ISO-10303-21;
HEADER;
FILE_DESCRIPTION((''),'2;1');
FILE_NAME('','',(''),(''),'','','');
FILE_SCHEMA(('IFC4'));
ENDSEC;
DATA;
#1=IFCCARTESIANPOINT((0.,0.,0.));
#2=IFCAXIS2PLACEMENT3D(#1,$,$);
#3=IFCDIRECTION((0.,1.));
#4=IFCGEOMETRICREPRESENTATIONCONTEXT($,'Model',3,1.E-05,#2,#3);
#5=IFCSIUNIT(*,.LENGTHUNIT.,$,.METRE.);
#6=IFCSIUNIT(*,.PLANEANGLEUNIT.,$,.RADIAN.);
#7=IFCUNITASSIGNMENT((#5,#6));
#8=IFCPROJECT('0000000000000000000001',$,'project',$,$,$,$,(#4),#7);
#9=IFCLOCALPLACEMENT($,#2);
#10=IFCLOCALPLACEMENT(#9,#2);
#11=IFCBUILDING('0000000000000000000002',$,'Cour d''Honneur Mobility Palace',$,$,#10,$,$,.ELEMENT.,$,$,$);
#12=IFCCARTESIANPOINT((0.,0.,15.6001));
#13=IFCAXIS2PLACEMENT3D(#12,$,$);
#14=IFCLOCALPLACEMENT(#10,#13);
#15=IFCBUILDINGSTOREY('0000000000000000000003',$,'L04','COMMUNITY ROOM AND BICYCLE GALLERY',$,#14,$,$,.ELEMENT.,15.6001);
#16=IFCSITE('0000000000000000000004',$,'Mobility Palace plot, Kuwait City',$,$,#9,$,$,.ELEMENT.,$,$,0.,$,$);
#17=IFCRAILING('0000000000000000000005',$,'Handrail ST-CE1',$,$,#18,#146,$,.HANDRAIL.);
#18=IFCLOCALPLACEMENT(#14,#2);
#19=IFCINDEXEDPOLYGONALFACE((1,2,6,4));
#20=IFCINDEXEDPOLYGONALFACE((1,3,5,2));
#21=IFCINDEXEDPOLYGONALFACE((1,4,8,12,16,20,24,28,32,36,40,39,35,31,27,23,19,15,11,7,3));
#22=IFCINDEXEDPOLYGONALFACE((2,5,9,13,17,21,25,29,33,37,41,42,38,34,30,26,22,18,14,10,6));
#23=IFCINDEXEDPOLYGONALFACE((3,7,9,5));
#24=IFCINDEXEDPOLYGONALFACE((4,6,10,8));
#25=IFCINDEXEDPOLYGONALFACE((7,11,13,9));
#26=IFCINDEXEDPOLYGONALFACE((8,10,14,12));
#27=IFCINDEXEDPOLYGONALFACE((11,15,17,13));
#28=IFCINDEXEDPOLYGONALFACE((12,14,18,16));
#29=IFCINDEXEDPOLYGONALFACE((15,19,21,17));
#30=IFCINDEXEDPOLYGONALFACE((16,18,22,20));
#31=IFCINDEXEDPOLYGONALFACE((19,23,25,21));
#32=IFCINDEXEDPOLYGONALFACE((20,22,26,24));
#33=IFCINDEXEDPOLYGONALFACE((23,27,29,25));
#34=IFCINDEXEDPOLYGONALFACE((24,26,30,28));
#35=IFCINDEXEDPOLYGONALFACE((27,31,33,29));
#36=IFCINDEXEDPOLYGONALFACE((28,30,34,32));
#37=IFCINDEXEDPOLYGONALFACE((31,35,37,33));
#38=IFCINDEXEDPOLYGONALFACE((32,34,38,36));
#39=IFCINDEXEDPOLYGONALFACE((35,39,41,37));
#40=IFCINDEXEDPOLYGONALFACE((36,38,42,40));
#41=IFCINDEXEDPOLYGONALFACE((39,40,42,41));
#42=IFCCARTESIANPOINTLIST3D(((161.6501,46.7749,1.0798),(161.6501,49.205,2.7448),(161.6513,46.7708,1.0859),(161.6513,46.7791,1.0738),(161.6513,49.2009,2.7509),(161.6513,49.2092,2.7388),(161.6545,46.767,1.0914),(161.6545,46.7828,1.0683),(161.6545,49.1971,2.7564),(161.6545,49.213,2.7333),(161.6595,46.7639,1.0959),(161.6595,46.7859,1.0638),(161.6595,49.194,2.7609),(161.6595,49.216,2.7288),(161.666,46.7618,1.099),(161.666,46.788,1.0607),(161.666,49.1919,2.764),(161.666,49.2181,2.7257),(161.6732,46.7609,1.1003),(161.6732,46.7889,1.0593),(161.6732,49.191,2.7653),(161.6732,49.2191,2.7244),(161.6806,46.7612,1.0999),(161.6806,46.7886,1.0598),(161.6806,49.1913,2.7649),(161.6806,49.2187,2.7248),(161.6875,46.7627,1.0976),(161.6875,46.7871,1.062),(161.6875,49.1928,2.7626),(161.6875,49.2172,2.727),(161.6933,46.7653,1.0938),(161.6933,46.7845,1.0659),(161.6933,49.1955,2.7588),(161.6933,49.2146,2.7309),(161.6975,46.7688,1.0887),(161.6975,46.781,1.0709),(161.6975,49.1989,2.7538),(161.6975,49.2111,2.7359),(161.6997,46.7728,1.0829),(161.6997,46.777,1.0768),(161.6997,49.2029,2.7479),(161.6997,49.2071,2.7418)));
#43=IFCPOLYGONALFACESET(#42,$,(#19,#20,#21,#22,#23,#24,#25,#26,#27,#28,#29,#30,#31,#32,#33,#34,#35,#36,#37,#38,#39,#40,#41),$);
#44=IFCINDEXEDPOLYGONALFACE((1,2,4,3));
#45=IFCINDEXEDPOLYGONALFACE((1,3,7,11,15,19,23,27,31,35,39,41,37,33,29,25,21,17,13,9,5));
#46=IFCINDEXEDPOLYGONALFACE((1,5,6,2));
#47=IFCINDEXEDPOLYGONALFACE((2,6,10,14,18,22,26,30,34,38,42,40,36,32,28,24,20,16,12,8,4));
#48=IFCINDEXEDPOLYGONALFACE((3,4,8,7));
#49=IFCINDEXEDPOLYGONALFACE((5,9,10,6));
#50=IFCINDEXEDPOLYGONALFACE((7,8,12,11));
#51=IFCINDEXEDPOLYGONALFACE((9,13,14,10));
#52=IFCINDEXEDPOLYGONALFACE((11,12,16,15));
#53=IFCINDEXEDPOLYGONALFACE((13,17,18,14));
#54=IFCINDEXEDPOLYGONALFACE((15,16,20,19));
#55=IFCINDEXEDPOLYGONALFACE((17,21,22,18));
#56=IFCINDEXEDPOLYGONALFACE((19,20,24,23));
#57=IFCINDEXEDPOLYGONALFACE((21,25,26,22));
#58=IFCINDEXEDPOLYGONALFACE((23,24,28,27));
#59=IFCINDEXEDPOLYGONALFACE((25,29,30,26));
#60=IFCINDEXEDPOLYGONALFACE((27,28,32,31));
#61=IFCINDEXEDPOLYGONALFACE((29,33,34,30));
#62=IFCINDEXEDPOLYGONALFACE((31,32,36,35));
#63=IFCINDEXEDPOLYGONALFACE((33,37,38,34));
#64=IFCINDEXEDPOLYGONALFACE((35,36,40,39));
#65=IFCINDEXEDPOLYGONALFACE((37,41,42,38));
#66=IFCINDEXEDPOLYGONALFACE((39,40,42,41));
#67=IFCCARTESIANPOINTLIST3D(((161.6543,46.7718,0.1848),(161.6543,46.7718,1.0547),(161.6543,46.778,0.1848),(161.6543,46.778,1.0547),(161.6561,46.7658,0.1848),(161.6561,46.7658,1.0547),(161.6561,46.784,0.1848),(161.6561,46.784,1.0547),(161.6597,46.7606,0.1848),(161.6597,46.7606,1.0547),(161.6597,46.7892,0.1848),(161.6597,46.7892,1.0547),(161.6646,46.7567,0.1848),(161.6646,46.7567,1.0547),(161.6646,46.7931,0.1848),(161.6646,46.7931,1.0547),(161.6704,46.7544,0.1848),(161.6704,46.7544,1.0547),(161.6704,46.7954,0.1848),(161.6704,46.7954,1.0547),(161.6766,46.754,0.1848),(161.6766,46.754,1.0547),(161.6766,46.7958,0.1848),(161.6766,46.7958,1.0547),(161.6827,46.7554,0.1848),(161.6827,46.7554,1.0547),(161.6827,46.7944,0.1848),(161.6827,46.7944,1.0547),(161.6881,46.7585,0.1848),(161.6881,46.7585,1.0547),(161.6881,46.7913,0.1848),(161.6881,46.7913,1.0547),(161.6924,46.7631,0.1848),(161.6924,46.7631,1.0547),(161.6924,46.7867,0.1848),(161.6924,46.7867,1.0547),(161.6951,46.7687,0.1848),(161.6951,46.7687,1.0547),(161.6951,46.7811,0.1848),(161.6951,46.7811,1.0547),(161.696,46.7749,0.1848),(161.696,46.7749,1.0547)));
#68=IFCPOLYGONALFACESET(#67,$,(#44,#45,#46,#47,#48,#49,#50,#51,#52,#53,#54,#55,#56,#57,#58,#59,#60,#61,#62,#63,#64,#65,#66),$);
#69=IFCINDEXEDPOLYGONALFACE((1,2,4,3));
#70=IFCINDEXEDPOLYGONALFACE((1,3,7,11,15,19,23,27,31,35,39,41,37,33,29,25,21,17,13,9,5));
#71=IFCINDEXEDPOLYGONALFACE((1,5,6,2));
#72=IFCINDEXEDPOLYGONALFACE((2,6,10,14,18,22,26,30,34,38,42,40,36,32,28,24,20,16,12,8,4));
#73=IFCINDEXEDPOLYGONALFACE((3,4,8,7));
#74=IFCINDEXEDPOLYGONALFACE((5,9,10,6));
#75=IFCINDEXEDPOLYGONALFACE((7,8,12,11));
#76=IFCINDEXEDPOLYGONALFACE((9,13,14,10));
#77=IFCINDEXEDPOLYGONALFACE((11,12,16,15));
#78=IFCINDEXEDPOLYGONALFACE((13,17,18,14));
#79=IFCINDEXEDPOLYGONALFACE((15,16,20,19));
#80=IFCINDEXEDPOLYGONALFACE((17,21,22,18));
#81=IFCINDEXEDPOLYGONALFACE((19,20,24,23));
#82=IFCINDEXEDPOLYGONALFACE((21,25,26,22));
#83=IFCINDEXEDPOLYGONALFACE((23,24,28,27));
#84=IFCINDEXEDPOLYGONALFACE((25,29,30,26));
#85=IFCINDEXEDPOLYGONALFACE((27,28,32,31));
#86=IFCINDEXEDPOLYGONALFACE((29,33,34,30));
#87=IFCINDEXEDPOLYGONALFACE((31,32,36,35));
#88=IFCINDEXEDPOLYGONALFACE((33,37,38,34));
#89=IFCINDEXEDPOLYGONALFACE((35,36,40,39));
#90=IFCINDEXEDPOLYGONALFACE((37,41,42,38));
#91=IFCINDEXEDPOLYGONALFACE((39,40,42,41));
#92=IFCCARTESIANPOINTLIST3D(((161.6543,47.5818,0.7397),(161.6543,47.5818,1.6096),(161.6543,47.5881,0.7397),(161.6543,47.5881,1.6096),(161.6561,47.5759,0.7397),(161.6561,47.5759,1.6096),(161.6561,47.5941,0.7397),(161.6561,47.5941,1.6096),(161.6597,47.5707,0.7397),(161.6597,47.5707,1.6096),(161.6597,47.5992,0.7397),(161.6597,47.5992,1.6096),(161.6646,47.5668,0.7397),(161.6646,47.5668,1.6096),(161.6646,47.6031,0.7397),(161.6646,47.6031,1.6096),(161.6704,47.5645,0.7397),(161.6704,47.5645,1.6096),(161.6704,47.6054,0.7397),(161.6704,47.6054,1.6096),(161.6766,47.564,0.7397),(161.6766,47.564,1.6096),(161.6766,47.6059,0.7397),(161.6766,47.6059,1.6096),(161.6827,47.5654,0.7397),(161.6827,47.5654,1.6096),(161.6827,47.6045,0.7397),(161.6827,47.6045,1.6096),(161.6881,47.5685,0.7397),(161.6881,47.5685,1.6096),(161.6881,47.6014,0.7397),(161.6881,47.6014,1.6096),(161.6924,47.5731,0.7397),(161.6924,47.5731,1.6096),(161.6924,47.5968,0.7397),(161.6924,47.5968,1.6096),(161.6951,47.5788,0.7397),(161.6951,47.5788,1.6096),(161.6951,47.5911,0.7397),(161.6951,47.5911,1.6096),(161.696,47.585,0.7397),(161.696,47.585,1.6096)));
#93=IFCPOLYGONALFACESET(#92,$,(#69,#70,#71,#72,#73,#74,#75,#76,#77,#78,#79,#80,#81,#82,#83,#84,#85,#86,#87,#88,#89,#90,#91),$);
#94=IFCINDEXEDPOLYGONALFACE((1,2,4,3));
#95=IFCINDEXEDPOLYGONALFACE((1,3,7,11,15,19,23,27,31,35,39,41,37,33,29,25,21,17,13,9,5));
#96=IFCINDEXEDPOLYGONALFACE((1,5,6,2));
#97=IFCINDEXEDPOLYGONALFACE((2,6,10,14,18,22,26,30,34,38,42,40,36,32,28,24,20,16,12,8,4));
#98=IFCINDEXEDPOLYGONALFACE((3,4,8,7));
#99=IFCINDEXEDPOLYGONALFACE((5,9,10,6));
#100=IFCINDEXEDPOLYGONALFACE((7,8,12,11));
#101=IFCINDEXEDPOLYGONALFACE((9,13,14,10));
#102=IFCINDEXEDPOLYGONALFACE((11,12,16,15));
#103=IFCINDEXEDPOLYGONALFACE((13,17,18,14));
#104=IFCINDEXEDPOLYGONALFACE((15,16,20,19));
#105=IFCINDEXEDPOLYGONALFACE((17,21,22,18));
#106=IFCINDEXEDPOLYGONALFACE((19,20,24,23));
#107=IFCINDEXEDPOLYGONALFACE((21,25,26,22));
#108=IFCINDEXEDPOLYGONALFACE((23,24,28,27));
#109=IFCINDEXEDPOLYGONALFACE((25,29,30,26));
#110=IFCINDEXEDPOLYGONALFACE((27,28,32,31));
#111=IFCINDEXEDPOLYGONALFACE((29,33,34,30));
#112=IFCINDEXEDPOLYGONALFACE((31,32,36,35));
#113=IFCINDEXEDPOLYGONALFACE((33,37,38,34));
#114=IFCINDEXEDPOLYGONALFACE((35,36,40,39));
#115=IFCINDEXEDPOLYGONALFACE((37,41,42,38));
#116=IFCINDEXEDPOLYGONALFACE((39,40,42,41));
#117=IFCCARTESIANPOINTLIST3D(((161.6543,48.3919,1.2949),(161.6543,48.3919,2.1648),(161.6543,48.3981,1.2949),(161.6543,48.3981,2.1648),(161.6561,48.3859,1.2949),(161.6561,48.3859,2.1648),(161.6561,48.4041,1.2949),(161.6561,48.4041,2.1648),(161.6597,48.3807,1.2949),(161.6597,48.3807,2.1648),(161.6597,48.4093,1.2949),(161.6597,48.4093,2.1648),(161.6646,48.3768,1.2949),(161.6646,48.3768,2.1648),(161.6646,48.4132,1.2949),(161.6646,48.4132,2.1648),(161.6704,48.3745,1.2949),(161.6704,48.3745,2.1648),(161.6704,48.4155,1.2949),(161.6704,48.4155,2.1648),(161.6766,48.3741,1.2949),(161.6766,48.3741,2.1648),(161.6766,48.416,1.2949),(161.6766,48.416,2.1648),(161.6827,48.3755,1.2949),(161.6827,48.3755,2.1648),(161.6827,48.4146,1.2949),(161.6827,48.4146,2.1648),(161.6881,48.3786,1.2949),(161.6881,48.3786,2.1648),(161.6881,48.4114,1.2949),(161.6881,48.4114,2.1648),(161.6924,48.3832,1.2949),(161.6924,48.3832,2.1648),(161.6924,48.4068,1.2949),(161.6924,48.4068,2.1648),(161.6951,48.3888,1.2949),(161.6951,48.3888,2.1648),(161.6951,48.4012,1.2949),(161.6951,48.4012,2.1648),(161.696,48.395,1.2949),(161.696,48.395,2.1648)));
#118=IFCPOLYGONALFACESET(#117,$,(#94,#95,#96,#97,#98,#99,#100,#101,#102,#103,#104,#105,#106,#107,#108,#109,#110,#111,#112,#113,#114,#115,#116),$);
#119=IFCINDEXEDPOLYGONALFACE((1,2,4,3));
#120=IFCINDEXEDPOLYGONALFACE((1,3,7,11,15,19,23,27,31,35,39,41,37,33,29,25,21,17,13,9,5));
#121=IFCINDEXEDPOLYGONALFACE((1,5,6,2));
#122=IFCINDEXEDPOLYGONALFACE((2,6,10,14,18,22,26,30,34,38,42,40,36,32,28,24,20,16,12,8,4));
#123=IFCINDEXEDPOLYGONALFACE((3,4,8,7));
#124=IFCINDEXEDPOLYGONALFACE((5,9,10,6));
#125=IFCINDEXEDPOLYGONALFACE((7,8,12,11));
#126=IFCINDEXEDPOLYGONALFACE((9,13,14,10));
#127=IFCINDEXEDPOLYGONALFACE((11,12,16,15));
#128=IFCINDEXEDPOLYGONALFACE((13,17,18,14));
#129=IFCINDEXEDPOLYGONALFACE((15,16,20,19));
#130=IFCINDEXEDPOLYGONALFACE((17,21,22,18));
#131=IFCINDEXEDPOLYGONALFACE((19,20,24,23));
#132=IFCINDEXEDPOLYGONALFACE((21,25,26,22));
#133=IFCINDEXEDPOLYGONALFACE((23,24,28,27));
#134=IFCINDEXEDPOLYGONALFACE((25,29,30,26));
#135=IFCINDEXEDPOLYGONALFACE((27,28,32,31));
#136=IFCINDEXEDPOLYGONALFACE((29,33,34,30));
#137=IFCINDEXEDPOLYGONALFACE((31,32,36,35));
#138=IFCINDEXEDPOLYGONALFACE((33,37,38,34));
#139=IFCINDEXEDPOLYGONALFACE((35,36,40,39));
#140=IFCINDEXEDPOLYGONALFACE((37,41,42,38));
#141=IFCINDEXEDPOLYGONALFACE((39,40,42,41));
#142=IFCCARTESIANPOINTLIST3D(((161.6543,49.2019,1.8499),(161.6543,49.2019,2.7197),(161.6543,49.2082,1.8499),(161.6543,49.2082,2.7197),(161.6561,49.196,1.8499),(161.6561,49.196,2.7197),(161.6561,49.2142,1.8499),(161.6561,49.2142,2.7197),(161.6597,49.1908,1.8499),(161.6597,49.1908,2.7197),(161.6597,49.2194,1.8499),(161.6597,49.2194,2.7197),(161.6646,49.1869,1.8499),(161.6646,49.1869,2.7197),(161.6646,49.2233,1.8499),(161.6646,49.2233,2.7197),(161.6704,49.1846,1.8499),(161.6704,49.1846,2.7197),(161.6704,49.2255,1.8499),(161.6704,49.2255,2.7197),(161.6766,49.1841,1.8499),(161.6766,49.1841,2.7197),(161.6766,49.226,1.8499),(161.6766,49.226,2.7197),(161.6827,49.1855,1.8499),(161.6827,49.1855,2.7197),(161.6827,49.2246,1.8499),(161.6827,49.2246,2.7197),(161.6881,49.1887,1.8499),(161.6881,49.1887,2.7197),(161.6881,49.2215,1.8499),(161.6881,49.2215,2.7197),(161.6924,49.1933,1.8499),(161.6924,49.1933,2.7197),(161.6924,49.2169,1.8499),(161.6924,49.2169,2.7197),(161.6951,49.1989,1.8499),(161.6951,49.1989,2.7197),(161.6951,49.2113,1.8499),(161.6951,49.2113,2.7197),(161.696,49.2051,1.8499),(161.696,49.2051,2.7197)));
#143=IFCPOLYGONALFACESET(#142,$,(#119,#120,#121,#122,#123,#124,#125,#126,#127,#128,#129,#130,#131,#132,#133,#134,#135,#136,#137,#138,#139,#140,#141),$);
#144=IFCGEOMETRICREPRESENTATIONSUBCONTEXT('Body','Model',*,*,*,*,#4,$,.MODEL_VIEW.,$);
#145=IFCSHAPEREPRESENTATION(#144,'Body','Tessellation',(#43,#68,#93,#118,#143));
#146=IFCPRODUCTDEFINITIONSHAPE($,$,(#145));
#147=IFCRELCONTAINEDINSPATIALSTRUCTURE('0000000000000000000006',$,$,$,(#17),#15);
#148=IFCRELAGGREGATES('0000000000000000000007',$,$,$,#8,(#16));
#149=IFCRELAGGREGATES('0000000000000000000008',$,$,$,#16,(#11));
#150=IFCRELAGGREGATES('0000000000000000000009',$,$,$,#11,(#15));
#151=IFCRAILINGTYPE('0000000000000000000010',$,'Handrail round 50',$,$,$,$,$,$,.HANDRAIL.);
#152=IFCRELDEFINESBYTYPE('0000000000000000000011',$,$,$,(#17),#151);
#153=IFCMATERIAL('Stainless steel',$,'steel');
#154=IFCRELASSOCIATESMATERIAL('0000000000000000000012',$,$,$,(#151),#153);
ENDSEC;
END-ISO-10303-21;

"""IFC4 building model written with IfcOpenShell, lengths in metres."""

from ifc_helpers import new_model, si_unit, direction, frame, origin, origin_2d, place, context, subcontext, project, spatial, circle, extrude, material, type_object, element, save


model = new_model("IFC4")

# Units and contexts
model_context = context("Model", 3, precision=1e-05, world=origin(), true_north=direction((0.0, 1.0)))
body_context = subcontext(model_context, "Body", "Model", "MODEL_VIEW")
ifc_project = project(units=[si_unit("LENGTHUNIT", "METRE"), si_unit("PLANEANGLEUNIT", "RADIAN")], contexts=[model_context])

# Site, building, storey
site_placement = place(None, origin())
site = spatial("IfcSite", under=ifc_project, at=site_placement, Name="Mobility Palace plot, Kuwait City", CompositionType="ELEMENT", RefElevation=0.0)
building_placement = place(site_placement, origin())
building = spatial("IfcBuilding", under=site, at=building_placement, Name="Cour d'Honneur Mobility Palace", CompositionType="ELEMENT")
storey_placement = place(building_placement, frame((0.0, 0.0, 15.6001)))
storey = spatial("IfcBuildingStorey", under=building, at=storey_placement, Name="L04", Description="COMMUNITY ROOM AND BICYCLE GALLERY", CompositionType="ELEMENT", Elevation=15.6001)

# Railing
ifc_material_1 = material(Name="Stainless steel", Category="steel")
railing_type_1 = type_object("IfcRailingType", Name="Handrail round 50", PredefinedType="HANDRAIL", material=ifc_material_1)
for number, where, name in (
    (1, (161.675, 46.7749, 0.1848), "Handrail ST-CE1"),
):
    element("IfcRailing", number, at=place(storey_placement, frame(where)), inside=storey, type_object=railing_type_1, Name=name, PredefinedType="HANDRAIL", context=body_context, shape_type="SweptSolid", body=[
        extrude(circle(Radius=0.0249, at=origin_2d()), frame((0.0, 0.0, 0.895), z_axis=(0.0, 0.824945, 0.565213), x_axis=(-1.0, 0.0, 0.0)), (0.0, 0.0, 1.0), 2.9458),
        extrude(circle(Radius=0.021, at=origin_2d()), origin(), (0.0, 0.0, 1.0), 0.8699),
        extrude(circle(Radius=0.021, at=origin_2d()), frame((0.0, 0.8101, 0.5549)), (0.0, 0.0, 1.0), 0.8699),
        extrude(circle(Radius=0.021, at=origin_2d()), frame((0.0, 1.6201, 1.1101)), (0.0, 0.0, 1.0), 0.8699),
        extrude(circle(Radius=0.021, at=origin_2d()), frame((0.0, 2.4302, 1.665)), (0.0, 0.0, 1.0), 0.8699),
    ])

save(model, "model.ifc")
